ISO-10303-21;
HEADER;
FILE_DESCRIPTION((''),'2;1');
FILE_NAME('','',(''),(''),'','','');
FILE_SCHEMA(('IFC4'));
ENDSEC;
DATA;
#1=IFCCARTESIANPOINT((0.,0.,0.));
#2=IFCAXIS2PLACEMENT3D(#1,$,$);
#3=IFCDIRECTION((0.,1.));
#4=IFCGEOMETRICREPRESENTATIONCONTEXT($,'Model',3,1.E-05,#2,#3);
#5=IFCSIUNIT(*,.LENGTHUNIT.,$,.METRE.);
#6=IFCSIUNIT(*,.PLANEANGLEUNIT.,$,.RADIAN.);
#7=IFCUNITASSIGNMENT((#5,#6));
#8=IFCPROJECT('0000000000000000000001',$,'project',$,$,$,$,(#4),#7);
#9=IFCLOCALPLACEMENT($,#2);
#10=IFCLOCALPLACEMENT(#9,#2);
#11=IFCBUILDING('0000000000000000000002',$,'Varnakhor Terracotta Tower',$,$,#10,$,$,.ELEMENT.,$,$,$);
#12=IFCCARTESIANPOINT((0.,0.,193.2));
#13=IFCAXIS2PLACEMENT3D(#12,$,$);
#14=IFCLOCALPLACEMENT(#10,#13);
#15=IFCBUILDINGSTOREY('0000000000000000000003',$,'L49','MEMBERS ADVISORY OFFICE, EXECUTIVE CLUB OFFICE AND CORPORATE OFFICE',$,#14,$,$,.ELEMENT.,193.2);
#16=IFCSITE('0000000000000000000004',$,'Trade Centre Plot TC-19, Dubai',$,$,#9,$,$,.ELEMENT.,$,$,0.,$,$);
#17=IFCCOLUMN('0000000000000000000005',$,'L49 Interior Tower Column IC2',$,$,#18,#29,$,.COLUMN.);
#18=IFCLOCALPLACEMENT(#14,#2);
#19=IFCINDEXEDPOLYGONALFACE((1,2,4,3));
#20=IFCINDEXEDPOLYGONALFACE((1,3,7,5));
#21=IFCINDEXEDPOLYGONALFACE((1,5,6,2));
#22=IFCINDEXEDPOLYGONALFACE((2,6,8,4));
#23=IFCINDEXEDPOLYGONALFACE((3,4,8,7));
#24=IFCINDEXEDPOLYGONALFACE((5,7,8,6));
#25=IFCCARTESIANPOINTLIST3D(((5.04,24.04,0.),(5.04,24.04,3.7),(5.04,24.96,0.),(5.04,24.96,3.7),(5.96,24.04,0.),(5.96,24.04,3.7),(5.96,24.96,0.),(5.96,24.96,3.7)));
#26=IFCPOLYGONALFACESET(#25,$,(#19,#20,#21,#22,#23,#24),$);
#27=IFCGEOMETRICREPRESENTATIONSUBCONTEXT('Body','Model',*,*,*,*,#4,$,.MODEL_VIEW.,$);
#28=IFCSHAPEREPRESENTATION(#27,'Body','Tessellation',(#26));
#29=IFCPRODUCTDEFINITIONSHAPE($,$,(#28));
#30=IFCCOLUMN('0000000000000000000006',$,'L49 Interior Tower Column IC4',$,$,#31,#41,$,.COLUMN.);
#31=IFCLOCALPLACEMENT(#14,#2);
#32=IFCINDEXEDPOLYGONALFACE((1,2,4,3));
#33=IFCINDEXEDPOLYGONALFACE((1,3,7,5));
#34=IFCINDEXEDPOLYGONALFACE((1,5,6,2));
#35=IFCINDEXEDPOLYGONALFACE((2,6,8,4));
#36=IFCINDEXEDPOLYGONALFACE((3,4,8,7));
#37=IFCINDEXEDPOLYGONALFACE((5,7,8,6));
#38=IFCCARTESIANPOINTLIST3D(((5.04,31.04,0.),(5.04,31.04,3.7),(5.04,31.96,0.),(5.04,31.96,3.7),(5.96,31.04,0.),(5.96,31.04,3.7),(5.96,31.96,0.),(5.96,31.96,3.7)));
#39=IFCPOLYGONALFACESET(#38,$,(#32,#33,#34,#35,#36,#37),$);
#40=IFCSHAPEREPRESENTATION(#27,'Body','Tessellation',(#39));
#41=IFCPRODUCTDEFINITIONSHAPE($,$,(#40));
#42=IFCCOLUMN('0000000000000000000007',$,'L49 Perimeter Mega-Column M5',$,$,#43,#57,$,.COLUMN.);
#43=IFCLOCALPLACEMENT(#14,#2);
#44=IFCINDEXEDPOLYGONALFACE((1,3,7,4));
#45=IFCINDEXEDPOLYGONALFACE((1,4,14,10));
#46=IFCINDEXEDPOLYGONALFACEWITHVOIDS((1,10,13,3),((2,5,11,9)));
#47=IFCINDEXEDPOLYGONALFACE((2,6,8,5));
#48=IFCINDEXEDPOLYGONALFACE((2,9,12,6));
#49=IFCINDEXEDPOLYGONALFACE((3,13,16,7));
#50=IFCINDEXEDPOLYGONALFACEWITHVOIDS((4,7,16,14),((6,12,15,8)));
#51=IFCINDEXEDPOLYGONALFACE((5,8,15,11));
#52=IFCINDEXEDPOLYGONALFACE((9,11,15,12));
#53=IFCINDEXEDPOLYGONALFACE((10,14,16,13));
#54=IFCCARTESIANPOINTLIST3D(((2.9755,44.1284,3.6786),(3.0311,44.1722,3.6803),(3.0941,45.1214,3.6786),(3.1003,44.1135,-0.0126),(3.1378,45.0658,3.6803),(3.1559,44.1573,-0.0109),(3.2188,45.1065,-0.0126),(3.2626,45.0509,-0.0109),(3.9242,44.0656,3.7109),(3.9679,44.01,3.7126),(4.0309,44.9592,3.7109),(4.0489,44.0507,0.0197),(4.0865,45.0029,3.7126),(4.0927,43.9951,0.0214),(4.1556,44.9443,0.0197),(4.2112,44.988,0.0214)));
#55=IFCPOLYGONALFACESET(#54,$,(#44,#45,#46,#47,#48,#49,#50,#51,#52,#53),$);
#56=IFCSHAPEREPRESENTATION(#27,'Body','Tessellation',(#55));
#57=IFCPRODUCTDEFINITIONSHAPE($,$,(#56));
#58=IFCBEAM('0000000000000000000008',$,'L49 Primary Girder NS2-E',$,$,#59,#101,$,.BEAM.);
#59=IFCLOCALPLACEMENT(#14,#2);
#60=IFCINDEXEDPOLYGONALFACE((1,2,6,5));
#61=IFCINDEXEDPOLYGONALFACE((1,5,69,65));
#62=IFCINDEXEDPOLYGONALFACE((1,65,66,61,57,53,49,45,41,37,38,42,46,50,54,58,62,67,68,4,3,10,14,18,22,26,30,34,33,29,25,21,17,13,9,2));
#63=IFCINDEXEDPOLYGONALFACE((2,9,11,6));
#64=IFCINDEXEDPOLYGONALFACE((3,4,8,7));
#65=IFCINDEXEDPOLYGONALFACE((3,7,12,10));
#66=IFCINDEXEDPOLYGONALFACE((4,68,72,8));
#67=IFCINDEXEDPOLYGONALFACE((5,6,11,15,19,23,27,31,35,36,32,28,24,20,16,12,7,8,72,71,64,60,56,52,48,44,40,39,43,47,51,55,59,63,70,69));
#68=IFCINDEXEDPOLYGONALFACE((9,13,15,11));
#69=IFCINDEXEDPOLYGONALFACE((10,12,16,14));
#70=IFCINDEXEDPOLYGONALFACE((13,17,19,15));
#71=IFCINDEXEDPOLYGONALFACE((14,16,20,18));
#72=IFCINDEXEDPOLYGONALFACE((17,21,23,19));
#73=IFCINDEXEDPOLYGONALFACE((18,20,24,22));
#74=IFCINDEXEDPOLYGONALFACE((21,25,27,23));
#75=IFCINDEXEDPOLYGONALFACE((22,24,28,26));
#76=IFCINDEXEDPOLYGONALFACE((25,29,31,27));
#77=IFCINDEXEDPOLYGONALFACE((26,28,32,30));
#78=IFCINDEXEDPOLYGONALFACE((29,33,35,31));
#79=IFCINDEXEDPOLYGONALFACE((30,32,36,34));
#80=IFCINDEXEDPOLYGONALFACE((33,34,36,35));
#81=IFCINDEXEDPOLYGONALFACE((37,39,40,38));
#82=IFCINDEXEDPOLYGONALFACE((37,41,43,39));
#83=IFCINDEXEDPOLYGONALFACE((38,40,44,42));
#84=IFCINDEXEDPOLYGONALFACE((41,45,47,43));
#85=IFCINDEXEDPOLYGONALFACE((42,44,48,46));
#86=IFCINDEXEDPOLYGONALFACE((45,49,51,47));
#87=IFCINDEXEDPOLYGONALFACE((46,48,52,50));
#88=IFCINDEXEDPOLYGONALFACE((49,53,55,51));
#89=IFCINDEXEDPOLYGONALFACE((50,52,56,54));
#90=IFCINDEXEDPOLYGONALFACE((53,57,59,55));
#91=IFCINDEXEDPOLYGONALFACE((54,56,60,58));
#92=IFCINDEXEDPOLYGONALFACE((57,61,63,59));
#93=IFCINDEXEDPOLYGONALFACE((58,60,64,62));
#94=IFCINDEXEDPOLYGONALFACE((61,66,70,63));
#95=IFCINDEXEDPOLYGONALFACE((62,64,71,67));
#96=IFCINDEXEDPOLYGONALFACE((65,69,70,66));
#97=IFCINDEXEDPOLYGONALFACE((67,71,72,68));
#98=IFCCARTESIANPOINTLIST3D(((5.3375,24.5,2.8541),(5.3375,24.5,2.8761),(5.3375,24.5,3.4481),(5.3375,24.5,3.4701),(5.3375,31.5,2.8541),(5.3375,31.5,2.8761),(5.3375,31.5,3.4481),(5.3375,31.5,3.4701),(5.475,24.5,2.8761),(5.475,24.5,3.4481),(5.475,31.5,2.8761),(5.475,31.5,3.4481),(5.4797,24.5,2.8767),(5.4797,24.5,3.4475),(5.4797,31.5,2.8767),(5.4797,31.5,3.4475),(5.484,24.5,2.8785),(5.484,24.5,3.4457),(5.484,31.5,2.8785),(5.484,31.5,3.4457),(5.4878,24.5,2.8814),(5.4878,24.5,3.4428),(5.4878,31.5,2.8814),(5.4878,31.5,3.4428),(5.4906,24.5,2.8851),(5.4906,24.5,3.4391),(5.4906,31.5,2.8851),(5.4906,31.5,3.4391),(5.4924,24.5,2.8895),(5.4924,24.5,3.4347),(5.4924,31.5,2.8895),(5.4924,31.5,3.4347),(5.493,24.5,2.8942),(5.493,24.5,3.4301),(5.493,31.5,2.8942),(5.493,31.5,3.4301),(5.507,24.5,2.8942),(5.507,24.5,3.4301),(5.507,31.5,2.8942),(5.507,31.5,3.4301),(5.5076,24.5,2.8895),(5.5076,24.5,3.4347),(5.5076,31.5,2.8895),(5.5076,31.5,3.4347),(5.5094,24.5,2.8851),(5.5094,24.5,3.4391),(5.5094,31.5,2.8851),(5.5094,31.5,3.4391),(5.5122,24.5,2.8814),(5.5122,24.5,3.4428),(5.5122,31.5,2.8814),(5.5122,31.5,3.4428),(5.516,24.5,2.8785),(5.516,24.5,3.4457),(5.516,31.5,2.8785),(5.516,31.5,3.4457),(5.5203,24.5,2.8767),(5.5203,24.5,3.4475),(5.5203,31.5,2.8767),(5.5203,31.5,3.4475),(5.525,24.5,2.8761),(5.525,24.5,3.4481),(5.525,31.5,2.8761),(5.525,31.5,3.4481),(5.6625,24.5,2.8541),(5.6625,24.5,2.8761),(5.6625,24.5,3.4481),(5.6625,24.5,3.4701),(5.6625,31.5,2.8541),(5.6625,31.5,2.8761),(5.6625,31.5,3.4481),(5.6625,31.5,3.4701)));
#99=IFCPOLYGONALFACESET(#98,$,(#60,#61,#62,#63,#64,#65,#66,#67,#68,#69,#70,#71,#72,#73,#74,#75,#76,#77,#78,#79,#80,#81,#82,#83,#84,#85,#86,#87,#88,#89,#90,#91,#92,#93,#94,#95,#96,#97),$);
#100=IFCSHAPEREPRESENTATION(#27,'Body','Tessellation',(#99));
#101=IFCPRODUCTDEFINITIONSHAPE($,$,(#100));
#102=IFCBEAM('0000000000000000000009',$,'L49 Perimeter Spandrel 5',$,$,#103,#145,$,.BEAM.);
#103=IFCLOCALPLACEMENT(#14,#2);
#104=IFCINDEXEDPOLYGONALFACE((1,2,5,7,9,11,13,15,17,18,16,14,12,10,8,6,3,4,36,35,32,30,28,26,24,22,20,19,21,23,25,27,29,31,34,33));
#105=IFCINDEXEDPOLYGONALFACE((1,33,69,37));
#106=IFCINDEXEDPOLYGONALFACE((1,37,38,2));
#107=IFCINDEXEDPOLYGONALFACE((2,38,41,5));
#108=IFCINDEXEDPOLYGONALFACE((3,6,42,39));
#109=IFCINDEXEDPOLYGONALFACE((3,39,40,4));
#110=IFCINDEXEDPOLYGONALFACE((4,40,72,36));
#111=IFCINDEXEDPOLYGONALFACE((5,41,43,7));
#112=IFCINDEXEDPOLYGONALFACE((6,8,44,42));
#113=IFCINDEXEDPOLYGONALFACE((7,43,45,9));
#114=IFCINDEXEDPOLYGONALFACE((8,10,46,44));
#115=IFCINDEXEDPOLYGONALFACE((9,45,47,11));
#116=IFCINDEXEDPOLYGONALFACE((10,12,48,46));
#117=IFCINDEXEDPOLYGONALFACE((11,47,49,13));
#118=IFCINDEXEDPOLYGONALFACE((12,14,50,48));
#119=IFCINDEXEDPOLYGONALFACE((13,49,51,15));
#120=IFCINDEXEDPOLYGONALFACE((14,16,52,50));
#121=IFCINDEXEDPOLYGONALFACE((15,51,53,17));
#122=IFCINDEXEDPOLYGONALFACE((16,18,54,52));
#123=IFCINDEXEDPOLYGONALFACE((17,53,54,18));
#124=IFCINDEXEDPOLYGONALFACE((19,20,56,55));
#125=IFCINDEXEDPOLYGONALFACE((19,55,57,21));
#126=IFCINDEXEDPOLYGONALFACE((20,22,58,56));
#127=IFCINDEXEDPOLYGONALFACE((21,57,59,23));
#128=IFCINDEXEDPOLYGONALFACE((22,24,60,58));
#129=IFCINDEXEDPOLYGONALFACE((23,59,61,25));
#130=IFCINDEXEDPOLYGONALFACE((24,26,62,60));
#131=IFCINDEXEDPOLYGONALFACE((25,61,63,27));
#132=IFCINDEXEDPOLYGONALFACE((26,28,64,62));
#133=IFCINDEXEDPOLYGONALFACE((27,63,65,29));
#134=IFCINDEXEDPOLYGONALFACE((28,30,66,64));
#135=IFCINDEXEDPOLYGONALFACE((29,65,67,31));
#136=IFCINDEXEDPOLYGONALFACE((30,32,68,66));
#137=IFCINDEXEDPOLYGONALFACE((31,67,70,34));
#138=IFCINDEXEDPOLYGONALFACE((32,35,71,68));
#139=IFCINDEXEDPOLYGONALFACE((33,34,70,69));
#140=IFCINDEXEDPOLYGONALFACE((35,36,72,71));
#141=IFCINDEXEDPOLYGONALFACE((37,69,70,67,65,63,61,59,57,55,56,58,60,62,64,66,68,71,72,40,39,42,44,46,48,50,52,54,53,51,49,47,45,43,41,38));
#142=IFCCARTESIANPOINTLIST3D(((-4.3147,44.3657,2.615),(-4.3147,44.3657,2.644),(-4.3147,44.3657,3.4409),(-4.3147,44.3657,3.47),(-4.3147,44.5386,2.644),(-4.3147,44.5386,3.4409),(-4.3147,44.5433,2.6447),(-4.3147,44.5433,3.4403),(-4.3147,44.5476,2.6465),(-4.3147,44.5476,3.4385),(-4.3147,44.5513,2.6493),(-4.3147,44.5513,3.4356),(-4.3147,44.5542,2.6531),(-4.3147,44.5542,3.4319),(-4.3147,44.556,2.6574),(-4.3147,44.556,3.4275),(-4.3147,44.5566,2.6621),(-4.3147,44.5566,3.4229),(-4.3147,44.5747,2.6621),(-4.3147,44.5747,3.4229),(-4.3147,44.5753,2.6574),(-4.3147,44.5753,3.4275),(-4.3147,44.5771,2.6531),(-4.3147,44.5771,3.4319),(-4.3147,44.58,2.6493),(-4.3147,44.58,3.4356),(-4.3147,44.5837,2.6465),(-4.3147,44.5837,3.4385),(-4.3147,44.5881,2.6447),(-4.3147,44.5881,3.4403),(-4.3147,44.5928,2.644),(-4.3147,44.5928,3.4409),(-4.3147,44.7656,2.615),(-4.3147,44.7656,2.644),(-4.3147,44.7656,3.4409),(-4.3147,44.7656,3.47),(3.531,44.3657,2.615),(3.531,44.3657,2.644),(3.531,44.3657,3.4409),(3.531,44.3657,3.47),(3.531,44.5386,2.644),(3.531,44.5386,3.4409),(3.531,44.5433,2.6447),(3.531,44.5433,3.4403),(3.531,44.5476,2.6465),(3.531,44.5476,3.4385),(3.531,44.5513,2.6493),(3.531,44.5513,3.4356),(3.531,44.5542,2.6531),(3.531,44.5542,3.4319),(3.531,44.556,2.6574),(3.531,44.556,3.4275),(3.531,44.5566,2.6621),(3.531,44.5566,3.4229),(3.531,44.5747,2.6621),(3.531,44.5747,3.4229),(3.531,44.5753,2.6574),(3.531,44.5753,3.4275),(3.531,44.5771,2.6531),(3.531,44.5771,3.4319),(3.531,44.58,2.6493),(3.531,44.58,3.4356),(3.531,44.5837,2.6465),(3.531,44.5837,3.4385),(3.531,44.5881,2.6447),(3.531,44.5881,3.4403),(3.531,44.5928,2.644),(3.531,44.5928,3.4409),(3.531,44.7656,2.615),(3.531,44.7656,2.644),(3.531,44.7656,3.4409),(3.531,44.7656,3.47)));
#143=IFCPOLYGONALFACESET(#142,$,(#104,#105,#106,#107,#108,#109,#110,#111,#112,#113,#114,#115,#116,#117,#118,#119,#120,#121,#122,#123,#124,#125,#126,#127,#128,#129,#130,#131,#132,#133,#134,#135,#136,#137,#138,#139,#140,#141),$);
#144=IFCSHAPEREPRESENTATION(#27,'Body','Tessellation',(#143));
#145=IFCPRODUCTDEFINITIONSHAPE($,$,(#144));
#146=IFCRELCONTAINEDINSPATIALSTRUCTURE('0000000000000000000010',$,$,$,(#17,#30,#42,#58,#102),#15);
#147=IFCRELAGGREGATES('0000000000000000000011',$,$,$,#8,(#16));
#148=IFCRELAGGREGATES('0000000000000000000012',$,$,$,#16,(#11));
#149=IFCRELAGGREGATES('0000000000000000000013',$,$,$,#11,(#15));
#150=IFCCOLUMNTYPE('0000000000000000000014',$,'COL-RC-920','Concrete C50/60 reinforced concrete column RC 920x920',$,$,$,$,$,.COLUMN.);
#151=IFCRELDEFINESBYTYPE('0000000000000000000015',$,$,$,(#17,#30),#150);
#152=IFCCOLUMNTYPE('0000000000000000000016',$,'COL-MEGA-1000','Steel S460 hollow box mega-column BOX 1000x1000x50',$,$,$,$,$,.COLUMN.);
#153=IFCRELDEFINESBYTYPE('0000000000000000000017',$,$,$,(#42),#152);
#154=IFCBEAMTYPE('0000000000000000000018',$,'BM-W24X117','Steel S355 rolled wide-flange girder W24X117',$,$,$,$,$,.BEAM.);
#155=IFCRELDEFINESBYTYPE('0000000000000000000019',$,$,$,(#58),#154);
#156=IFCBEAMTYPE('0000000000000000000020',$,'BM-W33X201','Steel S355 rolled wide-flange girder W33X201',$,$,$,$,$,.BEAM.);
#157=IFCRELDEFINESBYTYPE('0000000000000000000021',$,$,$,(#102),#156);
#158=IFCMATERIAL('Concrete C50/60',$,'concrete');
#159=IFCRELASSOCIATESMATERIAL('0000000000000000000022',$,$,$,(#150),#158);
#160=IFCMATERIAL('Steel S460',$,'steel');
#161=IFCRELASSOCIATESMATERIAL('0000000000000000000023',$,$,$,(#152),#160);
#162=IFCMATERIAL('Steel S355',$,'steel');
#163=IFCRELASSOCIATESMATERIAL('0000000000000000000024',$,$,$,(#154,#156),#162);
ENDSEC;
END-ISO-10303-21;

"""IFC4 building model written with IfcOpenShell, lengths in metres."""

from ifc_helpers import new_model, si_unit, direction, frame, origin, origin_2d, place, context, subcontext, project, spatial, rectangle, hollow_rectangle, i_section, extrude, source, transform, mapped, material, material_profile, profile_set, type_object, element, save


model = new_model("IFC4")

# Units and contexts
model_context = context("Model", 3, precision=1e-05, world=origin(), true_north=direction((0.0, 1.0)))
body_context = subcontext(model_context, "Body", "Model", "MODEL_VIEW")
ifc_project = project(units=[si_unit("LENGTHUNIT", "METRE"), si_unit("PLANEANGLEUNIT", "RADIAN")], contexts=[model_context])

# Site, building, storey
site_placement = place(None, origin())
site = spatial("IfcSite", under=ifc_project, at=site_placement, Name="Trade Centre Plot TC-19, Dubai", CompositionType="ELEMENT", RefElevation=0.0)
building_placement = place(site_placement, origin())
building = spatial("IfcBuilding", under=site, at=building_placement, Name="Varnakhor Terracotta Tower", CompositionType="ELEMENT")
storey_placement = place(building_placement, frame((0.0, 0.0, 193.2)))
storey = spatial("IfcBuildingStorey", under=building, at=storey_placement, Name="L49", Description="MEMBERS ADVISORY OFFICE, EXECUTIVE CLUB OFFICE AND CORPORATE OFFICE", CompositionType="ELEMENT", Elevation=193.2)

# Columns
ifc_material_1 = material(Name="Concrete C50/60", Category="concrete")
ifc_material_profile_1 = material_profile(ifc_material_1, rectangle(XDim=0.9199, YDim=0.9199, at=origin_2d()), Name="RC 920x920")
ifc_profile_set_1 = profile_set([ifc_material_profile_1], Name="Concrete C50/60")
column_type_1 = type_object("IfcColumnType", Name="COL-RC-920", Description="Concrete C50/60 reinforced concrete column RC 920x920", PredefinedType="COLUMN", material=ifc_profile_set_1)
shared_shape_1 = source(origin(), body_context, "Body", "SweptSolid", [
    extrude(rectangle(XDim=0.9199, YDim=0.9199, at=origin_2d()), origin(), (0.0, 0.0, 1.0), 3.7),
])
for number, where, z_axis, x_axis, name in (
    (1, (5.5, 24.5, 0.0), (0.0, 0.0, 1.0), (1.0, 0.0, 0.0), "L49 Interior Tower Column IC2"),
    (2, (5.5, 31.5, 0.0), (0.0, 0.0, 1.0), (1.0, 0.0, 0.0), "L49 Interior Tower Column IC4"),
):
    element("IfcColumn", number, at=place(storey_placement, frame(where, z_axis=z_axis, x_axis=x_axis)), inside=storey, type_object=column_type_1, Name=name, PredefinedType="COLUMN", context=body_context, shape_type="MappedRepresentation", body=[
        mapped(shared_shape_1, transform((0.0, 0.0, 0.0), scale=1.0)),
    ])
ifc_material_2 = material(Name="Steel S460", Category="steel")
ifc_material_profile_2 = material_profile(ifc_material_2, hollow_rectangle(XDim=1.0, YDim=1.0, WallThickness=0.05, at=origin_2d()), Name="BOX 1000x1000x50")
ifc_profile_set_2 = profile_set([ifc_material_profile_2], Name="Steel S460")
column_type_2 = type_object("IfcColumnType", Name="COL-MEGA-1000", Description="Steel S460 hollow box mega-column BOX 1000x1000x50", PredefinedType="COLUMN", material=ifc_profile_set_2)
shared_shape_2 = source(origin(), body_context, "Body", "SweptSolid", [
    extrude(hollow_rectangle(XDim=1.0, YDim=1.0, WallThickness=0.05, at=origin_2d()), origin(), (0.0, 0.0, 1.0), 3.6934),
])
column_placement = place(storey_placement, frame((3.6558, 44.5508, 0.0044), z_axis=(-0.033779, 0.004032, 0.999421), x_axis=(-0.118532, -0.99295, 0.0)))
element("IfcColumn", 3, at=column_placement, inside=storey, type_object=column_type_2, Name="L49 Perimeter Mega-Column M5", PredefinedType="COLUMN", context=body_context, shape_type="MappedRepresentation", body=[
    mapped(shared_shape_2, transform((0.0, 0.0, 0.0), scale=1.0)),
])

# Beams
ifc_material_3 = material(Name="Steel S355", Category="steel")
ifc_material_profile_3 = material_profile(ifc_material_3, i_section(OverallWidth=0.325, OverallDepth=0.616, WebThickness=0.0139, FlangeThickness=0.022, FilletRadius=0.0181, at=origin_2d()), Name="W24X117")
ifc_profile_set_3 = profile_set([ifc_material_profile_3], Name="Steel S355")
beam_type_1 = type_object("IfcBeamType", Name="BM-W24X117", Description="Steel S355 rolled wide-flange girder W24X117", PredefinedType="BEAM", material=ifc_profile_set_3)
shared_shape_3 = source(origin(), body_context, "Body", "SweptSolid", [
    extrude(i_section(OverallWidth=0.325, OverallDepth=0.616, WebThickness=0.0139, FlangeThickness=0.022, FilletRadius=0.0181, at=origin_2d()), origin(), (0.0, 0.0, 1.0), 7.0),
])
beam_1_placement = place(storey_placement, frame((5.5, 24.5, 3.1621), z_axis=(0.0, 1.0, 0.0), x_axis=(-1.0, 0.0, 0.0)))
element("IfcBeam", 4, at=beam_1_placement, inside=storey, type_object=beam_type_1, Name="L49 Primary Girder NS2-E", PredefinedType="BEAM", context=body_context, shape_type="MappedRepresentation", body=[
    mapped(shared_shape_3, transform((0.0, 0.0, 0.0), scale=1.0)),
])
ifc_material_profile_4 = material_profile(ifc_material_3, i_section(OverallWidth=0.3999, OverallDepth=0.855, WebThickness=0.0181, FlangeThickness=0.0291, FilletRadius=0.0181, at=origin_2d()), Name="W33X201")
ifc_profile_set_4 = profile_set([ifc_material_profile_4], Name="Steel S355")
beam_type_2 = type_object("IfcBeamType", Name="BM-W33X201", Description="Steel S355 rolled wide-flange girder W33X201", PredefinedType="BEAM", material=ifc_profile_set_4)
shared_shape_4 = source(origin(), body_context, "Body", "SweptSolid", [
    extrude(i_section(OverallWidth=0.3999, OverallDepth=0.855, WebThickness=0.0181, FlangeThickness=0.0291, FilletRadius=0.0181, at=origin_2d()), origin(), (0.0, 0.0, 1.0), 7.8457),
])
beam_2_placement = place(storey_placement, frame((3.531, 44.5657, 3.0425), z_axis=(-1.0, 0.0, 0.0), x_axis=(0.0, -1.0, 0.0)))
element("IfcBeam", 5, at=beam_2_placement, inside=storey, type_object=beam_type_2, Name="L49 Perimeter Spandrel 5", PredefinedType="BEAM", context=body_context, shape_type="MappedRepresentation", body=[
    mapped(shared_shape_4, transform((0.0, 0.0, 0.0), scale=1.0)),
])

save(model, "model.ifc")
